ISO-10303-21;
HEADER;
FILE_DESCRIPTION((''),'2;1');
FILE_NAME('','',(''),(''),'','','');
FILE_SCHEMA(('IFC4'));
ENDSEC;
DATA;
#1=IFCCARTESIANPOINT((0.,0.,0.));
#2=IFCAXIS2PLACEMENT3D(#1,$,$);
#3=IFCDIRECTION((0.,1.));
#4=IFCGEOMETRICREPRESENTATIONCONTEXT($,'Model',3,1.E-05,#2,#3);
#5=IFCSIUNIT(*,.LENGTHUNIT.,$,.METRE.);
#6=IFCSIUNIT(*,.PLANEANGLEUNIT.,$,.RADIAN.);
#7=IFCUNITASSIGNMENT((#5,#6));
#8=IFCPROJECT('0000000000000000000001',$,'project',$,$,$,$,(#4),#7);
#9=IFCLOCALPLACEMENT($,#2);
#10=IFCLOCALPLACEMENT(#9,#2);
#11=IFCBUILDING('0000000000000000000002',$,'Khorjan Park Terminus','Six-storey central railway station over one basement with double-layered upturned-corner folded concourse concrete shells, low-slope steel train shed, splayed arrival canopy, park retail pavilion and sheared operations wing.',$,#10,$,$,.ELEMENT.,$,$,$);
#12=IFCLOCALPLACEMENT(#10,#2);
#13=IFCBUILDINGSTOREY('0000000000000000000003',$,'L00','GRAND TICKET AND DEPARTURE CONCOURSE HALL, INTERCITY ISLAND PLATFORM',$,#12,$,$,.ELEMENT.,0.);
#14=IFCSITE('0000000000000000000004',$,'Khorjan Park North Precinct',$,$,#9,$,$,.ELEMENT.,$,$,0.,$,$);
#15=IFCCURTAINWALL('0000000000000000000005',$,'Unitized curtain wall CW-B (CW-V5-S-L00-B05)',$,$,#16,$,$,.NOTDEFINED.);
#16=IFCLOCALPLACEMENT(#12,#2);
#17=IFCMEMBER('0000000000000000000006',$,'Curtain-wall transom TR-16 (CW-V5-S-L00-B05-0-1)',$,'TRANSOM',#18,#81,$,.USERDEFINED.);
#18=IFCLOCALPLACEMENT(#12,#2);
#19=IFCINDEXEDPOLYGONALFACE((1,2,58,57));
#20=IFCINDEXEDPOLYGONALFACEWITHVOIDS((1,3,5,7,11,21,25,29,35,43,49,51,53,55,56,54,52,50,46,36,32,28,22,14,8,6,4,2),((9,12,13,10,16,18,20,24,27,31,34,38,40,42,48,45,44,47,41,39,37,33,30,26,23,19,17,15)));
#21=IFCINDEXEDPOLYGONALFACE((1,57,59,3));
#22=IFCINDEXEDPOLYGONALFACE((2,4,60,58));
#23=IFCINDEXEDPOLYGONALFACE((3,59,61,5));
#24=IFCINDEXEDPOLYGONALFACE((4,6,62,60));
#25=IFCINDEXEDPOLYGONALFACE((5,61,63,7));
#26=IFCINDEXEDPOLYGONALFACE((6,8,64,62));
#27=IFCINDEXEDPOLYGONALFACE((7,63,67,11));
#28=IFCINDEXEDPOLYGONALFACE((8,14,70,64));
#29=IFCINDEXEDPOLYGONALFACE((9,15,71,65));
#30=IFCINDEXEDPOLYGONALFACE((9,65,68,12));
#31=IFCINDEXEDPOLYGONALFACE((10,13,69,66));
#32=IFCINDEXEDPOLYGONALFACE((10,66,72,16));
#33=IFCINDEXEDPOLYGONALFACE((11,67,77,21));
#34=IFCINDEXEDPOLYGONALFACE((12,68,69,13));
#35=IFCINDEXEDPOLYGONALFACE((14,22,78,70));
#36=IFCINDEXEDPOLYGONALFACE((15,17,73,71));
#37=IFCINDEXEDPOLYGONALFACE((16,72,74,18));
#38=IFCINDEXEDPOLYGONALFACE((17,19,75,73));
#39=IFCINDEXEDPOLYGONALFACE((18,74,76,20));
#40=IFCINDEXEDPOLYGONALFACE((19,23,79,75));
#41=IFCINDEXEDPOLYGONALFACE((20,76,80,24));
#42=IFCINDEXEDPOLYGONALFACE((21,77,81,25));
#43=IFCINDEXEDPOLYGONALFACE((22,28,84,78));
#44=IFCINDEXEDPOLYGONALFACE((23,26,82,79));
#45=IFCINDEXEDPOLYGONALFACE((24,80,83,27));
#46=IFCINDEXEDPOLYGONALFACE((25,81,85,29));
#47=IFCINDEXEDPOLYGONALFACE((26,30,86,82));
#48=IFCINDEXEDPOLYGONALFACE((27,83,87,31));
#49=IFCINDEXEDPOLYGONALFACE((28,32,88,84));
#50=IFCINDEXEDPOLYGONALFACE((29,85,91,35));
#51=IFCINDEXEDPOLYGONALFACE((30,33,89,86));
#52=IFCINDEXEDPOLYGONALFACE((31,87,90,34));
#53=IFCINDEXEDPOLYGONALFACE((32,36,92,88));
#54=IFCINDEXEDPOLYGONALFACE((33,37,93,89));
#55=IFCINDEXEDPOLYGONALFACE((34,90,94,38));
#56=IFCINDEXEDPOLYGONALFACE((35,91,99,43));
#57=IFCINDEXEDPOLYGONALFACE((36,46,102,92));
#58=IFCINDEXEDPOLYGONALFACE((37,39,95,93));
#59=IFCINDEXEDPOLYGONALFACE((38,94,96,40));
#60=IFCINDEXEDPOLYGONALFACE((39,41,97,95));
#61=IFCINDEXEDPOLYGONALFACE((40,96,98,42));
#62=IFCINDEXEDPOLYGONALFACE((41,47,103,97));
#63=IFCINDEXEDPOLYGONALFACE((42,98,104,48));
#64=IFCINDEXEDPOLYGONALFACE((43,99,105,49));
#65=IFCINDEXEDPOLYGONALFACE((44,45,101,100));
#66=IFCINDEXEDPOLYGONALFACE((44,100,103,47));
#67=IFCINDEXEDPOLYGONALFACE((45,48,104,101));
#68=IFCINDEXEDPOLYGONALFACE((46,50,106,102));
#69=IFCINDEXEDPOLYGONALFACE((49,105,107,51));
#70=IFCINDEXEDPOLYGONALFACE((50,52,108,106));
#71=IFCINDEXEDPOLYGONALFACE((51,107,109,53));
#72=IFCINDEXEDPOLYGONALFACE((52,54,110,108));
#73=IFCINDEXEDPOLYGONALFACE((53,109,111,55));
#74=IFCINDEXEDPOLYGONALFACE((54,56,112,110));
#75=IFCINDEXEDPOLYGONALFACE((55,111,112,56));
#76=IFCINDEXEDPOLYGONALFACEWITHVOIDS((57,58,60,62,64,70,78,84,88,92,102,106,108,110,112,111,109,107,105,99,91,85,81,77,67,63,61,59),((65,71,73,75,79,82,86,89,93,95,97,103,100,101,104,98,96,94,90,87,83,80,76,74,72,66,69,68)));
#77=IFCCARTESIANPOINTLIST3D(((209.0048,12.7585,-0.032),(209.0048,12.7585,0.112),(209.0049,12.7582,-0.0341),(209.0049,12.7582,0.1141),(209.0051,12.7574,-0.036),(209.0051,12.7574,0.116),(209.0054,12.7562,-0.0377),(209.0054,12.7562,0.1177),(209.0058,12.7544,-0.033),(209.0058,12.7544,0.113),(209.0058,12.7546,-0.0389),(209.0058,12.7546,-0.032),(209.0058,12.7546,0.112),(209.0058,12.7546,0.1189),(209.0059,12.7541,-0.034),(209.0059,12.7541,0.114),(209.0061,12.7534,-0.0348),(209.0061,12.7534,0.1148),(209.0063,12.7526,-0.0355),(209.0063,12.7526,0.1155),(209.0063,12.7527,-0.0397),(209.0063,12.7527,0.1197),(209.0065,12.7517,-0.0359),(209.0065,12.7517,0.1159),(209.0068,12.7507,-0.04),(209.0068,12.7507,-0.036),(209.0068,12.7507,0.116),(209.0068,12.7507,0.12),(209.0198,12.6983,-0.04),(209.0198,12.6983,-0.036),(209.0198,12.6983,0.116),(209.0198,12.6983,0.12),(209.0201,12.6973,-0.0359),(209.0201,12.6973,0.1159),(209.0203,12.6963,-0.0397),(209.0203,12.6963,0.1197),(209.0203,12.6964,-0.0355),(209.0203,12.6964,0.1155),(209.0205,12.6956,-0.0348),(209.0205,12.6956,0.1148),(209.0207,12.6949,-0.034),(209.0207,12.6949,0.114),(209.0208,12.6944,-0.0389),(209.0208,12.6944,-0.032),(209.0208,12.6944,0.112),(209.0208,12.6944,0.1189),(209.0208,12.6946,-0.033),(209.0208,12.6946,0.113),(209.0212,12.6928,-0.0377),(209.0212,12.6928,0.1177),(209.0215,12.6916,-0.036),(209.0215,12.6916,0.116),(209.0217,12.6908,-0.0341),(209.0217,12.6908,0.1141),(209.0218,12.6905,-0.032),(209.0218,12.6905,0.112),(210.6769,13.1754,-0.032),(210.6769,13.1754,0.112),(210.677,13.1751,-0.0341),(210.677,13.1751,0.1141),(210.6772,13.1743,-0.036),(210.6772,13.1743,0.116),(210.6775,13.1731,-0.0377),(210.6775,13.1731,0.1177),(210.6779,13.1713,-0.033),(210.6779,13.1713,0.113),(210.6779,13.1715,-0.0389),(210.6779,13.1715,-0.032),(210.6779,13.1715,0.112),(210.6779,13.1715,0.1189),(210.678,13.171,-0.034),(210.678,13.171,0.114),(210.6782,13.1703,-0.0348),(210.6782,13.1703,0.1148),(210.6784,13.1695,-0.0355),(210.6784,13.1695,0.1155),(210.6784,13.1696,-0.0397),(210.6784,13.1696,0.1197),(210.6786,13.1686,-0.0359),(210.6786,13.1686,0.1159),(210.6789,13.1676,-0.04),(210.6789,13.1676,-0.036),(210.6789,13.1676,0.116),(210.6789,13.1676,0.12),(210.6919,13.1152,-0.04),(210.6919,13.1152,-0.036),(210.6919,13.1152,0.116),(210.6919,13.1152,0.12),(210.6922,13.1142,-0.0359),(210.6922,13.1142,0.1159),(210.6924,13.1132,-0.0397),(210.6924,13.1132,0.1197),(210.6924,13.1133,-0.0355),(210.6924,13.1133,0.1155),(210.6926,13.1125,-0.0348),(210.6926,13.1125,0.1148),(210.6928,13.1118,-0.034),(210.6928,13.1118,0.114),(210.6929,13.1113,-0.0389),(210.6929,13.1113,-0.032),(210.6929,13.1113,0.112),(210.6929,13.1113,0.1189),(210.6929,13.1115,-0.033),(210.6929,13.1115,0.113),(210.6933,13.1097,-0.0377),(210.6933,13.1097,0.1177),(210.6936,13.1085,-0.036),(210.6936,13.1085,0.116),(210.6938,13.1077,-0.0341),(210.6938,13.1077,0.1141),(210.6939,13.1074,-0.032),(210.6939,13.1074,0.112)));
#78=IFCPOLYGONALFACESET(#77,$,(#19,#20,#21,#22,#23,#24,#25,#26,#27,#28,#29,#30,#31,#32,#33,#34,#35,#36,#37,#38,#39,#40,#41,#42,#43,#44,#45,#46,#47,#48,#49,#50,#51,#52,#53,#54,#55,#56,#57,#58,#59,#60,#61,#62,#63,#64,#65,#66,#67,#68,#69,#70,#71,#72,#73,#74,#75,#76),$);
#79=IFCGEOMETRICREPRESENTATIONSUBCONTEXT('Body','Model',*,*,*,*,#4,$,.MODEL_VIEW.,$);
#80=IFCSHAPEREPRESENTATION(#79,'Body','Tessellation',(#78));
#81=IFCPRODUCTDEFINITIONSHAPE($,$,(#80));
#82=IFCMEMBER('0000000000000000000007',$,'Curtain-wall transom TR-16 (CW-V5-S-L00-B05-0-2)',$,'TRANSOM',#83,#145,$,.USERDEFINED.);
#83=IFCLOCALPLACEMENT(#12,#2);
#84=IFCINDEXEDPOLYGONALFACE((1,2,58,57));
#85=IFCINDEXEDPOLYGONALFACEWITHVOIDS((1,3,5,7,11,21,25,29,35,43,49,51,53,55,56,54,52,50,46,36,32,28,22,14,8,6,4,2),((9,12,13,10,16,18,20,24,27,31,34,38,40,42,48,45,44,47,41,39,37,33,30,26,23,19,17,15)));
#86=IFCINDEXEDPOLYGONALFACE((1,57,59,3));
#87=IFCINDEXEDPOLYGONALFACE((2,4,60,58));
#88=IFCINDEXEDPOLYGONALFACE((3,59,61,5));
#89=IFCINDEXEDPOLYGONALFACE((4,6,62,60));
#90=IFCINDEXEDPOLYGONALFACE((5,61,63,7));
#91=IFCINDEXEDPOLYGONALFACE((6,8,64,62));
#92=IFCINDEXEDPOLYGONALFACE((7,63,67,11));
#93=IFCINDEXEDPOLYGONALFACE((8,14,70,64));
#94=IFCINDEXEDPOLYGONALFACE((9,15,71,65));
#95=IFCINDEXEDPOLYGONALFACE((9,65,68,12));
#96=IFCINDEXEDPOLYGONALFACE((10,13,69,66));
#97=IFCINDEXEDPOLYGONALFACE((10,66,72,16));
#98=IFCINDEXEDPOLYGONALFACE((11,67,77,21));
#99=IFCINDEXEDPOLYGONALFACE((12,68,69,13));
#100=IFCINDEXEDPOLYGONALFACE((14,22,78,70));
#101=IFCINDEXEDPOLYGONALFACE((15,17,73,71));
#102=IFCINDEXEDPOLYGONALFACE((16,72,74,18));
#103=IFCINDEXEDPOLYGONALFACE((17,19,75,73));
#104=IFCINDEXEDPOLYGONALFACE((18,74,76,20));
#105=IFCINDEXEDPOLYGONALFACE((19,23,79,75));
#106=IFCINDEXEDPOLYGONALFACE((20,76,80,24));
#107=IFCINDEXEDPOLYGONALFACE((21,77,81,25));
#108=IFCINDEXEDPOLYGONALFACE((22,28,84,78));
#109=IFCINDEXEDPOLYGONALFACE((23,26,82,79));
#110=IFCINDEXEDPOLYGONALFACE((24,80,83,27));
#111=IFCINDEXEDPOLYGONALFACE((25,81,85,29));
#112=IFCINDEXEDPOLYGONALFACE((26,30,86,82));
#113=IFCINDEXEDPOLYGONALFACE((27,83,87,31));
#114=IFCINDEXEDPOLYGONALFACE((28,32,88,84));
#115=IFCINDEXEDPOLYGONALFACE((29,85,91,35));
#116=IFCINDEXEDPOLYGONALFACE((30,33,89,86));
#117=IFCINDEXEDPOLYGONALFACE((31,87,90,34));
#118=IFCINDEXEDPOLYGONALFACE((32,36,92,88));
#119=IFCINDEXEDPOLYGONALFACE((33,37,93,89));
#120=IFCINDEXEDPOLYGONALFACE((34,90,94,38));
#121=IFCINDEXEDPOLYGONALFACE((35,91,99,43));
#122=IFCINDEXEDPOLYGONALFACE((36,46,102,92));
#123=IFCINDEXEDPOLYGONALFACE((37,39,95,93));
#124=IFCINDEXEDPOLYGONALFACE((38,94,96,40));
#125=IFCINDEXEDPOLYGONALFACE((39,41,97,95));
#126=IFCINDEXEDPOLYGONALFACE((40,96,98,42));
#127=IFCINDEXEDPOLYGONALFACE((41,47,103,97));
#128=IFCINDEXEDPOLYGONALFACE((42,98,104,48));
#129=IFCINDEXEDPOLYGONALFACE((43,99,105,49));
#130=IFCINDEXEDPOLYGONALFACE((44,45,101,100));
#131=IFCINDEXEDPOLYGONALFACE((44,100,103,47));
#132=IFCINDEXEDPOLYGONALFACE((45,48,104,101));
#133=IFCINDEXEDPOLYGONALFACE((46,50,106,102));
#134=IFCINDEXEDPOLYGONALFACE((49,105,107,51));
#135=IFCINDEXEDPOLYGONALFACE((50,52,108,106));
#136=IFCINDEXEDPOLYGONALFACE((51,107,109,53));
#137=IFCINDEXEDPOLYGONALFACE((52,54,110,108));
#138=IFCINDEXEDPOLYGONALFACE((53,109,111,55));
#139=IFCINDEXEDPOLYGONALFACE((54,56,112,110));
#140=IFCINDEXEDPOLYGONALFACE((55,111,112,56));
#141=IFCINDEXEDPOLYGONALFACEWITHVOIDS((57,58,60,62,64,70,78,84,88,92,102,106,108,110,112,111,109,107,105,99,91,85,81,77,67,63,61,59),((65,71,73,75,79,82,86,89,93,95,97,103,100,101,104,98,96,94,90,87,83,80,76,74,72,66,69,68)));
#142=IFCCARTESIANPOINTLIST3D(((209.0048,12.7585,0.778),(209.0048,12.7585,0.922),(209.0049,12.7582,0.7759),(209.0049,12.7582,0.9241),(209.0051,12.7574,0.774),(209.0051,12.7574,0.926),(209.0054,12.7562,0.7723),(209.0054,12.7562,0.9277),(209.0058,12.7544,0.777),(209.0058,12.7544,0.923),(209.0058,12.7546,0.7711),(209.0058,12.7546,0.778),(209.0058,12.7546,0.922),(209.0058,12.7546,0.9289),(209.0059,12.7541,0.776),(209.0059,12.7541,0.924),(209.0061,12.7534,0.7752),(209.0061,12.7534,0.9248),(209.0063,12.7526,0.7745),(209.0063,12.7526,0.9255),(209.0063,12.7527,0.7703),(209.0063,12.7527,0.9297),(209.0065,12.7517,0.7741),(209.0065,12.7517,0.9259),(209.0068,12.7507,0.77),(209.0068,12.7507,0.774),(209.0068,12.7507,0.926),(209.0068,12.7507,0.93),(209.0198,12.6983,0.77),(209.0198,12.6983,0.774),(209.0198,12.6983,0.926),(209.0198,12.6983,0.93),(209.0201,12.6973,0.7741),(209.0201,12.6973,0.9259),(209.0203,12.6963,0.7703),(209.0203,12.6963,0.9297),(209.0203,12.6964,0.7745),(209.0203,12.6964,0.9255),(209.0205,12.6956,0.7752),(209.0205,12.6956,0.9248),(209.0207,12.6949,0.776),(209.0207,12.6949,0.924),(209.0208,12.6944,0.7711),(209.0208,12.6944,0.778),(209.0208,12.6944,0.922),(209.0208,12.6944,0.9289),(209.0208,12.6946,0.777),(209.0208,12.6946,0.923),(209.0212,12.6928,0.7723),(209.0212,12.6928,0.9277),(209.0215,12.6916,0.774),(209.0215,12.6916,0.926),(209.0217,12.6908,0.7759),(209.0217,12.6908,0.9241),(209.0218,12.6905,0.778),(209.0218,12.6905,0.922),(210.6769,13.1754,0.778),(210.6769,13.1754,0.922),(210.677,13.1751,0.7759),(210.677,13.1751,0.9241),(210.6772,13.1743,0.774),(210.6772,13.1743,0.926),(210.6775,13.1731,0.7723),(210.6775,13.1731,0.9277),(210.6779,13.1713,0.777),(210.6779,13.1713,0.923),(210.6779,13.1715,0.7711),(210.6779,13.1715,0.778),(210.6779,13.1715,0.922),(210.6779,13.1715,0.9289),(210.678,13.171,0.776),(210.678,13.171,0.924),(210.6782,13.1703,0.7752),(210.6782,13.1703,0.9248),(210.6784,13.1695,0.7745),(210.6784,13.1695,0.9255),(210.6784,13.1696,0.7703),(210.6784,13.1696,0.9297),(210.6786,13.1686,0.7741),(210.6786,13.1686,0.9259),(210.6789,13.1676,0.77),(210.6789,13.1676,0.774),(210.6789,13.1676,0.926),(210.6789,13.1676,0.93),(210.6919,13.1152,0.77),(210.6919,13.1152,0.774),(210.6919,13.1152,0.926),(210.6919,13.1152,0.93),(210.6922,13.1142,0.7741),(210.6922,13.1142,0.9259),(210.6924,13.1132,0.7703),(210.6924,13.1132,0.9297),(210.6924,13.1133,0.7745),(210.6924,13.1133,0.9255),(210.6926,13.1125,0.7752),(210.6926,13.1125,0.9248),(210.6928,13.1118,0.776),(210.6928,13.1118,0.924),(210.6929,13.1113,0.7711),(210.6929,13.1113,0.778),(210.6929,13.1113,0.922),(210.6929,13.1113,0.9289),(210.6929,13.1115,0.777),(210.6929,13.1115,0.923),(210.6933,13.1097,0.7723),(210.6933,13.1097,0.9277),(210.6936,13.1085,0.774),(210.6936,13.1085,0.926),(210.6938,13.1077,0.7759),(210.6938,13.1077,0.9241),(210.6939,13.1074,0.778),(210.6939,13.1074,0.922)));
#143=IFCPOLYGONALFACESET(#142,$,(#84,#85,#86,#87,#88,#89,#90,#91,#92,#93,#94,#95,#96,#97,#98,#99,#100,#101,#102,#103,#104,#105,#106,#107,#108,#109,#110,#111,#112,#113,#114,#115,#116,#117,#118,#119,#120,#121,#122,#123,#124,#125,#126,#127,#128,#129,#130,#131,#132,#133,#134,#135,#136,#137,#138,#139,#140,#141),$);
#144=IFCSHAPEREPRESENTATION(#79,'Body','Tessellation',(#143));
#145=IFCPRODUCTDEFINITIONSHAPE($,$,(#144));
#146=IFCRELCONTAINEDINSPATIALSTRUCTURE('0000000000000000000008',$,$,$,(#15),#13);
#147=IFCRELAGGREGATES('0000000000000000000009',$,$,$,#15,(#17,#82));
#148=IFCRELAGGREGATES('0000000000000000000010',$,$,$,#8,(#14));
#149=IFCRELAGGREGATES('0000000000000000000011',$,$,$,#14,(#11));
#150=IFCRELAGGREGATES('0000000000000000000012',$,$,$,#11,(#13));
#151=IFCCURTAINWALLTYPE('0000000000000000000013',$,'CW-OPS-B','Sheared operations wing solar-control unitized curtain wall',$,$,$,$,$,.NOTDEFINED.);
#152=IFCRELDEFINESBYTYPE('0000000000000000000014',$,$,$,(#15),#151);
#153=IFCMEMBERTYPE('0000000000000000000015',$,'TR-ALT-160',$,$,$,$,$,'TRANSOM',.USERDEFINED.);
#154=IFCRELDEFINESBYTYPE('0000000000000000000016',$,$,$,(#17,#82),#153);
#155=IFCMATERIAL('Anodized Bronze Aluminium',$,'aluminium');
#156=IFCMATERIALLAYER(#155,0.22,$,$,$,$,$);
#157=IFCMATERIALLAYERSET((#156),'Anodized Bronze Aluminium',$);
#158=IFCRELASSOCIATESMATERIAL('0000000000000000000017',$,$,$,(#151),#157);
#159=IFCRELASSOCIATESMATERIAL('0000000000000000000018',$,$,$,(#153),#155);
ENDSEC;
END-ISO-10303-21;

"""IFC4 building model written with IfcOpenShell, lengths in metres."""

from ifc_helpers import new_model, si_unit, direction, frame, origin, origin_2d, place, context, subcontext, project, spatial, hollow_rectangle, extrude, material, layer, layer_set, material_profile, profile_set, type_object, element, aggregate, save


model = new_model("IFC4")

# Units and contexts
model_context = context("Model", 3, precision=1e-05, world=origin(), true_north=direction((0.0, 1.0)))
body_context = subcontext(model_context, "Body", "Model", "MODEL_VIEW")
ifc_project = project(units=[si_unit("LENGTHUNIT", "METRE"), si_unit("PLANEANGLEUNIT", "RADIAN")], contexts=[model_context])

# Site, building, storey
site_placement = place(None, origin())
site = spatial("IfcSite", under=ifc_project, at=site_placement, Name="Khorjan Park North Precinct", CompositionType="ELEMENT", RefElevation=0.0)
building_placement = place(site_placement, origin())
building = spatial("IfcBuilding", under=site, at=building_placement, Name="Khorjan Park Terminus", Description="Six-storey central railway station over one basement with double-layered upturned-corner folded concourse concrete shells, low-slope steel train shed, splayed arrival canopy, park retail pavilion and sheared operations wing.", CompositionType="ELEMENT")
storey_placement = place(building_placement, origin())
storey = spatial("IfcBuildingStorey", under=building, at=storey_placement, Name="L00", Description="GRAND TICKET AND DEPARTURE CONCOURSE HALL, INTERCITY ISLAND PLATFORM", CompositionType="ELEMENT", Elevation=0.0)

# Curtain wall, members
ifc_material_1 = material(Name="Anodized Bronze Aluminium", Category="aluminium")
ifc_layer_1 = layer(ifc_material_1, 0.22)
ifc_layer_set_1 = layer_set([ifc_layer_1], Name="Anodized Bronze Aluminium")
curtain_wall_type = type_object("IfcCurtainWallType", Name="CW-OPS-B", Description="Sheared operations wing solar-control unitized curtain wall", PredefinedType="NOTDEFINED", material=ifc_layer_set_1)
curtain_wall_placement = place(storey_placement, origin())
curtain_wall = element("IfcCurtainWall", 1, at=curtain_wall_placement, inside=storey, type_object=curtain_wall_type, Name="Unitized curtain wall CW-B (CW-V5-S-L00-B05)", PredefinedType="NOTDEFINED")
ifc_material_profile_1 = material_profile(ifc_material_1, hollow_rectangle(XDim=0.07, YDim=0.16, WallThickness=0.004, InnerFilletRadius=0.004, OuterFilletRadius=0.008, at=origin_2d()), Name="ALT 70x160x4")
ifc_profile_set_1 = profile_set([ifc_material_profile_1], Name="Anodized Bronze Aluminium")
member_type_1 = type_object("IfcMemberType", Name="TR-ALT-160", ElementType="TRANSOM", PredefinedType="USERDEFINED", material=ifc_profile_set_1)
member_1_placement = place(storey_placement, frame((209.0133, 12.7245, 0.04), z_axis=(0.970296, 0.241921, 0.0), x_axis=(-0.241921, 0.970296, 0.0)))
member_1 = element("IfcMember", 2, at=member_1_placement, type_object=member_type_1, Name="Curtain-wall transom TR-16 (CW-V5-S-L00-B05-0-1)", ObjectType="TRANSOM", PredefinedType="USERDEFINED", context=body_context, shape_type="SweptSolid", body=[
    extrude(hollow_rectangle(XDim=0.07, YDim=0.16, WallThickness=0.004, InnerFilletRadius=0.004, OuterFilletRadius=0.008, at=origin_2d()), origin(), (0.0, 0.0, 1.0), 1.7233),
])
member_2_placement = place(storey_placement, frame((209.0133, 12.7245, 0.85), z_axis=(0.970296, 0.241921, 0.0), x_axis=(-0.241921, 0.970296, 0.0)))
member_2 = element("IfcMember", 3, at=member_2_placement, type_object=member_type_1, Name="Curtain-wall transom TR-16 (CW-V5-S-L00-B05-0-2)", ObjectType="TRANSOM", PredefinedType="USERDEFINED", context=body_context, shape_type="SweptSolid", body=[
    extrude(hollow_rectangle(XDim=0.07, YDim=0.16, WallThickness=0.004, InnerFilletRadius=0.004, OuterFilletRadius=0.008, at=origin_2d()), origin(), (0.0, 0.0, 1.0), 1.7233),
])
aggregate(curtain_wall, [member_1, member_2])

save(model, "model.ifc")
